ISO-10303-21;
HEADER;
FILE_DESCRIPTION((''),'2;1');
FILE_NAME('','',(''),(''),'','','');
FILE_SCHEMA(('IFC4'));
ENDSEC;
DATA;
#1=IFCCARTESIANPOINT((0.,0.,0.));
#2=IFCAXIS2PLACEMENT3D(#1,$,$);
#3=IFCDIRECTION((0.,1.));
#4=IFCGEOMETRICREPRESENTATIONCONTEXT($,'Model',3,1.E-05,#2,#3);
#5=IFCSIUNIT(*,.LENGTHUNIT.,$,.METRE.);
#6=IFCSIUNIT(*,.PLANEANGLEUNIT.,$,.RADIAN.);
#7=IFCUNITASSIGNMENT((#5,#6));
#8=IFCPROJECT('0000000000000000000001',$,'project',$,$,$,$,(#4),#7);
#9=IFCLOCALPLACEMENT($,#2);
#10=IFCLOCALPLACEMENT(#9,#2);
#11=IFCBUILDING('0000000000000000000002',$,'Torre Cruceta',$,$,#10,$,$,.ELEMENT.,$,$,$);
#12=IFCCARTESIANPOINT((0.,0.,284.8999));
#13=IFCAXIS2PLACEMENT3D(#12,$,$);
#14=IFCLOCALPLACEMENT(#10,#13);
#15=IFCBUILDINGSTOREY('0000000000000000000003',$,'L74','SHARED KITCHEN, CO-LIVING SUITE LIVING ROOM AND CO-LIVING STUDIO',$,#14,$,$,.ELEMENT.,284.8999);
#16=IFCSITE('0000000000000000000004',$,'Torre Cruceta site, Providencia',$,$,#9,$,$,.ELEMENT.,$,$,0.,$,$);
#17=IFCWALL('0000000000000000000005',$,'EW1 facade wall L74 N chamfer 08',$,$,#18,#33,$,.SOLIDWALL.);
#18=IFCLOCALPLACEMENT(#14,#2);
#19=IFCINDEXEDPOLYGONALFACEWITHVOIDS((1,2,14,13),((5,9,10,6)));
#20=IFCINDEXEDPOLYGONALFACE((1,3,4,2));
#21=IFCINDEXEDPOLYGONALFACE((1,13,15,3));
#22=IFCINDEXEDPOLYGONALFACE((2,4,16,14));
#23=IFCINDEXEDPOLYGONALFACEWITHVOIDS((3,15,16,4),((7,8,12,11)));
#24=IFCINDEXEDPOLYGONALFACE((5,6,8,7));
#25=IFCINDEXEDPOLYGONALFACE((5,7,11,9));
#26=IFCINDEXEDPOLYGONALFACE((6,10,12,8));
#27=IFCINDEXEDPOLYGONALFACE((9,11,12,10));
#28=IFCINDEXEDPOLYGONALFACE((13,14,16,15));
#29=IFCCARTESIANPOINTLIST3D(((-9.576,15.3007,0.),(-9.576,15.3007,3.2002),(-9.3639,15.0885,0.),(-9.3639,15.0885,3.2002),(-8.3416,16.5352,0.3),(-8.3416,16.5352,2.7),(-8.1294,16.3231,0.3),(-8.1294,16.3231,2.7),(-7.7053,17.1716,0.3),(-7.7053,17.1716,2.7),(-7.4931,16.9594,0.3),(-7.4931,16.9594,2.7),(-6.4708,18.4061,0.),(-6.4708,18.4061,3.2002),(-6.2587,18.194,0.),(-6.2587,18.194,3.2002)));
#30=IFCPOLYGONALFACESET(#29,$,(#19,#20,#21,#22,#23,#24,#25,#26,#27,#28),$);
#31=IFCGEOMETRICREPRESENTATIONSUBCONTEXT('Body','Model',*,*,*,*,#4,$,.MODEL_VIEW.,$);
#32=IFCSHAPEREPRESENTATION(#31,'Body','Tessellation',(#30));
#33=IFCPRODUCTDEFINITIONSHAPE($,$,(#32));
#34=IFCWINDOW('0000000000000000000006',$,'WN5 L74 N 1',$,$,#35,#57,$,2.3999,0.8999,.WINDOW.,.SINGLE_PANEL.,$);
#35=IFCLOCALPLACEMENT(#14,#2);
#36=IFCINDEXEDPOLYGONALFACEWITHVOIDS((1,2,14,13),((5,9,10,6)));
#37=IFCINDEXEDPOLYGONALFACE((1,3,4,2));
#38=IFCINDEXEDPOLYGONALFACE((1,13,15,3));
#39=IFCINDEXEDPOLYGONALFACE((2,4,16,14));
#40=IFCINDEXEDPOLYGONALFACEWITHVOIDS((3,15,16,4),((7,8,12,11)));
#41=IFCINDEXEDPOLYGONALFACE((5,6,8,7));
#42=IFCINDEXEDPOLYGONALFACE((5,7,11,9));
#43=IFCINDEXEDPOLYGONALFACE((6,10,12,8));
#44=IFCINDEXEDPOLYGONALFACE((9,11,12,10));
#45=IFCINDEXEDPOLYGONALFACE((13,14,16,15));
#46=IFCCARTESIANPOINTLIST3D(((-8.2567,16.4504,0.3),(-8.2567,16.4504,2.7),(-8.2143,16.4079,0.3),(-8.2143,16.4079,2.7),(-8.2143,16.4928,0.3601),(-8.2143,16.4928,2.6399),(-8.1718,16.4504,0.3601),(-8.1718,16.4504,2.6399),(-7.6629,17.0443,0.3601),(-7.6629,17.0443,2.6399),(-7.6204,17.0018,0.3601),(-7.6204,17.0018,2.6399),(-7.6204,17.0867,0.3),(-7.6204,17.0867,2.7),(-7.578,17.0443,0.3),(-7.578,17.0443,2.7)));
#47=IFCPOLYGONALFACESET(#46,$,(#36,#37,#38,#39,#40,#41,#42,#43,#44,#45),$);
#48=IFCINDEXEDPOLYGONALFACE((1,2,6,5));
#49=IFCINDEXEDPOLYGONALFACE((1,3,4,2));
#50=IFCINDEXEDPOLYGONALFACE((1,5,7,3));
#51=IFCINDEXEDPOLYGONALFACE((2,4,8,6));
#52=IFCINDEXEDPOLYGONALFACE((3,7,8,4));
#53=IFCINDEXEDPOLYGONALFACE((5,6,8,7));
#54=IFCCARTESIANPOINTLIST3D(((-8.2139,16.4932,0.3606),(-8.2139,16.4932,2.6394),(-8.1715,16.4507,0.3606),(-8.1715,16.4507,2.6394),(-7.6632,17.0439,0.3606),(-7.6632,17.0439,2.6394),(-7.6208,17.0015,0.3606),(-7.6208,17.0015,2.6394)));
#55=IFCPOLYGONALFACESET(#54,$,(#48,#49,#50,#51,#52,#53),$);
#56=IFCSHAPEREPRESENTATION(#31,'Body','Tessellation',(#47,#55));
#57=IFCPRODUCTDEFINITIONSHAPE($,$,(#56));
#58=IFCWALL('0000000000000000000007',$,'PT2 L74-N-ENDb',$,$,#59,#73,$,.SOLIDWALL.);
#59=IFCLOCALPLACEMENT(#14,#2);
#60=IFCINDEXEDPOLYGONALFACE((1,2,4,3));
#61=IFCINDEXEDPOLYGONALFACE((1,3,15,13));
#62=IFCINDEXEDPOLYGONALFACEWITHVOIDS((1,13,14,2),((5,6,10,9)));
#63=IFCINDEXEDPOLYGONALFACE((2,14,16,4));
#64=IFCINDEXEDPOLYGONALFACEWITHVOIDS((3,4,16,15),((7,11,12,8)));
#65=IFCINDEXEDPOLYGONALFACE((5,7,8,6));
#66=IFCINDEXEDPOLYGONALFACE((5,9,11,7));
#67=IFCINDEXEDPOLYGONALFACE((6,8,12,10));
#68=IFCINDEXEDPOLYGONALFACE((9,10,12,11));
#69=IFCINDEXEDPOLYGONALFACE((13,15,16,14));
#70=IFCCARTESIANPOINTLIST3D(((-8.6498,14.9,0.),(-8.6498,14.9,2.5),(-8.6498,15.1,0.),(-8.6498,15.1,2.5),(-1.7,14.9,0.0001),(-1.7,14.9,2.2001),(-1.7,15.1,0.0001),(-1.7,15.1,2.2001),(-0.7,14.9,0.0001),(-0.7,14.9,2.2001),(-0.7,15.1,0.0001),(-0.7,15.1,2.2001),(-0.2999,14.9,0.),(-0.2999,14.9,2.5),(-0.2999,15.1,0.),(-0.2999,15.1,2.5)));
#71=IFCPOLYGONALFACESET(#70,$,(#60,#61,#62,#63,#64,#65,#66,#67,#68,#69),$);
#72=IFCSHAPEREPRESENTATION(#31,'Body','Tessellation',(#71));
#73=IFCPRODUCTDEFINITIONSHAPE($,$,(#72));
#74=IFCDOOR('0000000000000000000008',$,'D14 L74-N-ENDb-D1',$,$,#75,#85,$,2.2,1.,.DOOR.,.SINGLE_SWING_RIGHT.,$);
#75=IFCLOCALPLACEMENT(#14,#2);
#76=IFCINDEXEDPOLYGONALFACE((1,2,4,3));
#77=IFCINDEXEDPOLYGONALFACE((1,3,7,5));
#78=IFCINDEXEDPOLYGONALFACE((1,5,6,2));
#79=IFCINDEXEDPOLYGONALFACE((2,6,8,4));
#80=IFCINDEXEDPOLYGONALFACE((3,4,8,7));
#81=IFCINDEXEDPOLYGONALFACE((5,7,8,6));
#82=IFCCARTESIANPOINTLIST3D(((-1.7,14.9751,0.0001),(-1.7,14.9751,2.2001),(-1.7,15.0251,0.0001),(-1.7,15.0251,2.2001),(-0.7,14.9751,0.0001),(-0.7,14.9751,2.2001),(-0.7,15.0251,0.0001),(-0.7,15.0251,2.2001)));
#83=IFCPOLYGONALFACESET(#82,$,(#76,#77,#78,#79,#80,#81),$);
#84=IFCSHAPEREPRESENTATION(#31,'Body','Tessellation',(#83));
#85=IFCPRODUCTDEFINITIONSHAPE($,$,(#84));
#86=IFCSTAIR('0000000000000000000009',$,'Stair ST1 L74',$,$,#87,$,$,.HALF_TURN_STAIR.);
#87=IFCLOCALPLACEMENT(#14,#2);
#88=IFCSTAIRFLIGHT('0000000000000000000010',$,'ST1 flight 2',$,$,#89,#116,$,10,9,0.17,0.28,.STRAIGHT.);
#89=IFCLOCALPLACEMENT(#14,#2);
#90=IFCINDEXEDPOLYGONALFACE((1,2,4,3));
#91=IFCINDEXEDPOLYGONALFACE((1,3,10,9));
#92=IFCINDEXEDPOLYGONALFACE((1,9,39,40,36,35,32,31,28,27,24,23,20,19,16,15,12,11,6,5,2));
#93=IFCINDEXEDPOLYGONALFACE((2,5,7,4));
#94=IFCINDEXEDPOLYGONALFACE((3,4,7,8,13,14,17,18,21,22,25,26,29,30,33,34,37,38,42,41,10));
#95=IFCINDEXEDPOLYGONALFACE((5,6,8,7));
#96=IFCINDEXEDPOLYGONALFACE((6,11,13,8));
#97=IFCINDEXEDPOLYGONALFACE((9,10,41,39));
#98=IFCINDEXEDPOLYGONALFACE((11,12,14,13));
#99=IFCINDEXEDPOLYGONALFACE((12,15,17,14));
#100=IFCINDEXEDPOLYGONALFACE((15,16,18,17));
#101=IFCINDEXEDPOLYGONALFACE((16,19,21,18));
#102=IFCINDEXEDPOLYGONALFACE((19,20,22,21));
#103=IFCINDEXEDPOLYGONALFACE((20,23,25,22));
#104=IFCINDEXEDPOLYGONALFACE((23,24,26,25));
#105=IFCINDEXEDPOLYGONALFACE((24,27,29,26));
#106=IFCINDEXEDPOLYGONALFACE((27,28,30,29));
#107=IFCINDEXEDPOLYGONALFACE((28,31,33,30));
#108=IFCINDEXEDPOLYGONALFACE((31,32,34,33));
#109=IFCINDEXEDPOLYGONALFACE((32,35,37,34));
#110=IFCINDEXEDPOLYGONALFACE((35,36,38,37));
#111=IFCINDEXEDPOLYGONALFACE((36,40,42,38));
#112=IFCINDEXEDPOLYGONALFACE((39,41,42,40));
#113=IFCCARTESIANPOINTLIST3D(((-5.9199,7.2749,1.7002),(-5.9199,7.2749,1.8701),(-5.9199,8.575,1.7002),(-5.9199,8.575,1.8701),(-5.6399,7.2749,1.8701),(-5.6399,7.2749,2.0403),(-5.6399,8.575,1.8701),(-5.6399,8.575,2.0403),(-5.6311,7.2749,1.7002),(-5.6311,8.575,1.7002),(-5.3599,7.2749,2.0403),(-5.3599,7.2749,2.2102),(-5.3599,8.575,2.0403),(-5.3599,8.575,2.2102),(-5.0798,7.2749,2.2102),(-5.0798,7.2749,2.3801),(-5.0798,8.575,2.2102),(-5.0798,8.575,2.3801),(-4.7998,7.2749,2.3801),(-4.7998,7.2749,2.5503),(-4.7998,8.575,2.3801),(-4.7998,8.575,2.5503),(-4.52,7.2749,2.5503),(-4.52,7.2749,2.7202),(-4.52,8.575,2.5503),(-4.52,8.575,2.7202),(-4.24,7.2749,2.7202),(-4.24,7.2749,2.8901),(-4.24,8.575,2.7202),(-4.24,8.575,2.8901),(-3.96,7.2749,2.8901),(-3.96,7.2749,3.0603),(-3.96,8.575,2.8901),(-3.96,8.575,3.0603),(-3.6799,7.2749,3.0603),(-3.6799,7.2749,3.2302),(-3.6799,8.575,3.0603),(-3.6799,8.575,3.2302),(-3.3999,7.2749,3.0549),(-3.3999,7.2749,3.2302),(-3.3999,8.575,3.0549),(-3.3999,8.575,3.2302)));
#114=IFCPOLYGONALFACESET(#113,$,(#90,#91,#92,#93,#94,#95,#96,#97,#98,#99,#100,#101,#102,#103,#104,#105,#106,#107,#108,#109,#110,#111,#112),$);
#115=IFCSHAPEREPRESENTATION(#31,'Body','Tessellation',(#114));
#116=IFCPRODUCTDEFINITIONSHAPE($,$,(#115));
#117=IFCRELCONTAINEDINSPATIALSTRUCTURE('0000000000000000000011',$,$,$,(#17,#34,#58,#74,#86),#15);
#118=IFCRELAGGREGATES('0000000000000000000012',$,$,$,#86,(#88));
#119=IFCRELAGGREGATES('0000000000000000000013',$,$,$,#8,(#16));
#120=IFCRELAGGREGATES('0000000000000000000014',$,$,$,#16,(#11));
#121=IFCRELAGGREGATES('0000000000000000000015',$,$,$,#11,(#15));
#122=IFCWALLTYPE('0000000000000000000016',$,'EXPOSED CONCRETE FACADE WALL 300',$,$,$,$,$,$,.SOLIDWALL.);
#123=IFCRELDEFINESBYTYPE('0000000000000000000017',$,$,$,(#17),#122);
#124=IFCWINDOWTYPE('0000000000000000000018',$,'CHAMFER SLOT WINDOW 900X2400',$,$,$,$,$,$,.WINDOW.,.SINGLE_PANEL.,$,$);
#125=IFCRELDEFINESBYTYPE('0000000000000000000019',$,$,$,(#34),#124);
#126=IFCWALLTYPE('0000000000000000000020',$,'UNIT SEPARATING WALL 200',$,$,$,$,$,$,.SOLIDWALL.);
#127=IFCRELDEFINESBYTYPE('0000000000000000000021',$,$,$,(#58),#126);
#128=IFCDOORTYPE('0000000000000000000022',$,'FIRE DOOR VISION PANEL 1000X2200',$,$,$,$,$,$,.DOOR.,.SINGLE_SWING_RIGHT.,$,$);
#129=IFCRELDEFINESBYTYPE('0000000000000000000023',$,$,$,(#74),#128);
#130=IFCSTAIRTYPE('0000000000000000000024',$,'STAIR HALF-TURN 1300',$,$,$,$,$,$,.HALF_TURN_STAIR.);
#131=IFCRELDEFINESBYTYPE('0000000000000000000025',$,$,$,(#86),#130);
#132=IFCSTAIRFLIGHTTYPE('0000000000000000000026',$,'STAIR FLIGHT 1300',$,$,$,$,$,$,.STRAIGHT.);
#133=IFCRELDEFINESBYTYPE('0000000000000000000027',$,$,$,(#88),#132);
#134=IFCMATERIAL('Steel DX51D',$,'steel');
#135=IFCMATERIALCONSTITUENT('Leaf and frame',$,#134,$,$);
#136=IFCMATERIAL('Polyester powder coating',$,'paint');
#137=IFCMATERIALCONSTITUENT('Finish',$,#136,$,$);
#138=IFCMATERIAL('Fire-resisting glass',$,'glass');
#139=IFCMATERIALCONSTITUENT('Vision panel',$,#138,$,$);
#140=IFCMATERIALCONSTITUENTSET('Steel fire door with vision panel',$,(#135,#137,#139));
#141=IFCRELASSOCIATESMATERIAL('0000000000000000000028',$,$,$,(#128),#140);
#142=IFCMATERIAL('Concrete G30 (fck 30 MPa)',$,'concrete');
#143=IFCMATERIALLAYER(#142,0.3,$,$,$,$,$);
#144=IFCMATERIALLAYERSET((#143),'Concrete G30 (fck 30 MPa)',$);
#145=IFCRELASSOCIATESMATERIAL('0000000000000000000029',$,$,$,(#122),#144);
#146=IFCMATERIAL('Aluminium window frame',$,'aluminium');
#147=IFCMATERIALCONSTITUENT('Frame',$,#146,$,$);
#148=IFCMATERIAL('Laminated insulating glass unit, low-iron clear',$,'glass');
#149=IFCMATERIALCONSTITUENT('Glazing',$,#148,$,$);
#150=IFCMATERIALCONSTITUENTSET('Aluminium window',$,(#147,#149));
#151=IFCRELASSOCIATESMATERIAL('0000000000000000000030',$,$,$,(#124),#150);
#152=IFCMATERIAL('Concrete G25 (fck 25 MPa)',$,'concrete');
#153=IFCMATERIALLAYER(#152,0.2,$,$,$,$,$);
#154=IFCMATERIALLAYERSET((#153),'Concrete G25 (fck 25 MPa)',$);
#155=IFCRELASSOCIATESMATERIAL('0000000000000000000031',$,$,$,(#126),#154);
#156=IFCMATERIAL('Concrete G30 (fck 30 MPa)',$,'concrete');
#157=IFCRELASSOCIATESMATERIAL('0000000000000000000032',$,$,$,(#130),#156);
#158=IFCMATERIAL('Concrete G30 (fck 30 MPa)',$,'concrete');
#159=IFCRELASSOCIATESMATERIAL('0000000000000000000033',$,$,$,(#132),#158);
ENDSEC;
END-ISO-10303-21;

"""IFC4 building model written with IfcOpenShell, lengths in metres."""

from ifc_helpers import new_model, si_unit, direction, frame, frame_2d, origin, place, context, subcontext, project, spatial, polyline, rectangle, hollow_rectangle, outline, extrude, material, layer, layer_set, constituent, constituent_set, type_object, element, fill, aggregate, save


model = new_model("IFC4")

# Units and contexts
model_context = context("Model", 3, precision=1e-05, world=origin(), true_north=direction((0.0, 1.0)))
body_context = subcontext(model_context, "Body", "Model", "MODEL_VIEW")
ifc_project = project(units=[si_unit("LENGTHUNIT", "METRE"), si_unit("PLANEANGLEUNIT", "RADIAN")], contexts=[model_context])

# Site, building, storey
site_placement = place(None, origin())
site = spatial("IfcSite", under=ifc_project, at=site_placement, Name="Torre Cruceta site, Providencia", CompositionType="ELEMENT", RefElevation=0.0)
building_placement = place(site_placement, origin())
building = spatial("IfcBuilding", under=site, at=building_placement, Name="Torre Cruceta", CompositionType="ELEMENT")
storey_placement = place(building_placement, frame((0.0, 0.0, 284.8999)))
storey = spatial("IfcBuildingStorey", under=building, at=storey_placement, Name="L74", Description="SHARED KITCHEN, CO-LIVING SUITE LIVING ROOM AND CO-LIVING STUDIO", CompositionType="ELEMENT", Elevation=284.8999)

# Shared definitions
ifc_material_1 = material(Name="Steel DX51D", Category="steel")
ifc_constituent_1 = constituent(ifc_material_1, Name="Leaf and frame")
ifc_material_2 = material(Name="Polyester powder coating", Category="paint")
ifc_constituent_2 = constituent(ifc_material_2, Name="Finish")
ifc_material_3 = material(Name="Fire-resisting glass", Category="glass")
ifc_constituent_3 = constituent(ifc_material_3, Name="Vision panel")
ifc_constituent_set_1 = constituent_set(constituents=[ifc_constituent_1, ifc_constituent_2, ifc_constituent_3], Name="Steel fire door with vision panel")
door_type_1 = type_object("IfcDoorType", Name="FIRE DOOR VISION PANEL 1000X2200", OperationType="SINGLE_SWING_RIGHT", PredefinedType="DOOR", material=ifc_constituent_set_1)

# Wall, opening, window
ifc_material_4 = material(Name="Concrete G30 (fck 30 MPa)", Category="concrete")
ifc_layer_1 = layer(ifc_material_4, 0.3)
ifc_layer_set_1 = layer_set([ifc_layer_1], Name="Concrete G30 (fck 30 MPa)")
wall_type_1 = type_object("IfcWallType", Name="EXPOSED CONCRETE FACADE WALL 300", PredefinedType="SOLIDWALL", material=ifc_layer_set_1)
wall_1_placement = place(storey_placement, frame((-6.3647, 18.3, 0.0), z_axis=(0.0, 0.0, 1.0), x_axis=(-0.707079, -0.707135, 0.0)))
wall_1 = element("IfcWall", 1, at=wall_1_placement, inside=storey, type_object=wall_type_1, Name="EW1 facade wall L74 N chamfer 08", PredefinedType="SOLIDWALL", context=body_context, shape_type="SweptSolid", body=[
    extrude(rectangle(XDim=4.3916, YDim=0.3, at=frame_2d((2.1958, 0.0))), origin(), (0.0, 0.0, 1.0), 3.2002),
])
opening_1_placement = place(wall_1_placement, frame((1.7458, 0.0, 0.3)))
opening_1 = element("IfcOpeningElement", 2, at=opening_1_placement, cuts=wall_1, PredefinedType="OPENING", context=body_context, shape_type="SweptSolid", body=[
    extrude(rectangle(XDim=0.8999, YDim=2.3999, at=frame_2d((0.45, 1.2))), frame((0.0, 0.1599, 0.0), z_axis=(0.0, -1.0, 0.0), x_axis=(1.0, 0.0, 0.0)), (0.0, 0.0, 1.0), 0.3201),
])
ifc_material_5 = material(Name="Aluminium window frame", Category="aluminium")
ifc_constituent_4 = constituent(ifc_material_5, Name="Frame")
ifc_material_6 = material(Name="Laminated insulating glass unit, low-iron clear", Category="glass")
ifc_constituent_5 = constituent(ifc_material_6, Name="Glazing")
ifc_constituent_set_2 = constituent_set(constituents=[ifc_constituent_4, ifc_constituent_5], Name="Aluminium window")
window_type = type_object("IfcWindowType", Name="CHAMFER SLOT WINDOW 900X2400", PartitioningType="SINGLE_PANEL", PredefinedType="WINDOW", material=ifc_constituent_set_2)
window_placement = place(opening_1_placement, origin())
window = element("IfcWindow", 3, at=window_placement, inside=storey, type_object=window_type, Name="WN5 L74 N 1", OverallHeight=2.3999, OverallWidth=0.8999, PartitioningType="SINGLE_PANEL", PredefinedType="WINDOW", context=body_context, shape_type="SweptSolid", body=[
    extrude(hollow_rectangle(XDim=0.8999, YDim=2.3999, WallThickness=0.0601, at=frame_2d((0.45, 1.2))), frame((0.0, 0.03, 0.0), z_axis=(0.0, -1.0, 0.0), x_axis=(1.0, 0.0, 0.0)), (0.0, 0.0, 1.0), 0.0601),
    extrude(rectangle(XDim=0.7788, YDim=2.2788, at=frame_2d((0.45, 1.2))), frame((0.0, 0.03, 0.0), z_axis=(0.0, -1.0, 0.0), x_axis=(1.0, 0.0, 0.0)), (0.0, 0.0, 1.0), 0.0601),
])
fill(opening_1, window)

# Wall, opening, door
ifc_material_7 = material(Name="Concrete G25 (fck 25 MPa)", Category="concrete")
ifc_layer_2 = layer(ifc_material_7, 0.2)
ifc_layer_set_2 = layer_set([ifc_layer_2], Name="Concrete G25 (fck 25 MPa)")
wall_type_2 = type_object("IfcWallType", Name="UNIT SEPARATING WALL 200", PredefinedType="SOLIDWALL", material=ifc_layer_set_2)
wall_2_placement = place(storey_placement, frame((-0.3, 15.0, 0.0), z_axis=(0.0, 0.0, 1.0), x_axis=(-1.0, 0.0, 0.0)))
wall_2 = element("IfcWall", 4, at=wall_2_placement, inside=storey, type_object=wall_type_2, Name="PT2 L74-N-ENDb", PredefinedType="SOLIDWALL", context=body_context, shape_type="SweptSolid", body=[
    extrude(rectangle(XDim=8.3499, YDim=0.2, at=frame_2d((4.1748, 0.0))), origin(), (0.0, 0.0, 1.0), 2.5),
])
opening_2_placement = place(wall_2_placement, frame((0.3999, 0.0, 0.0)))
opening_2 = element("IfcOpeningElement", 5, at=opening_2_placement, cuts=wall_2, PredefinedType="OPENING", context=body_context, shape_type="SweptSolid", body=[
    extrude(rectangle(XDim=1.0, YDim=2.2, at=frame_2d((0.5, 1.1001))), frame((0.0, 0.1099, 0.0), z_axis=(0.0, -1.0, 0.0), x_axis=(1.0, 0.0, 0.0)), (0.0, 0.0, 1.0), 0.22),
])
door_1_placement = place(opening_2_placement, frame((1.0, 0.0, 0.0), z_axis=(0.0, 0.0, 1.0), x_axis=(-1.0, 0.0, 0.0)))
door_1 = element("IfcDoor", 6, at=door_1_placement, inside=storey, type_object=door_type_1, Name="D14 L74-N-ENDb-D1", OperationType="SINGLE_SWING_RIGHT", OverallHeight=2.2, OverallWidth=1.0, PredefinedType="DOOR", context=body_context, shape_type="SweptSolid", body=[
    extrude(rectangle(XDim=1.0, YDim=2.2, at=frame_2d((0.5, 1.1001))), frame((0.0, 0.0251, 0.0), z_axis=(0.0, -1.0, 0.0), x_axis=(1.0, 0.0, 0.0)), (0.0, 0.0, 1.0), 0.05),
])
fill(opening_2, door_1)

# Stair, stair flight
ifc_material_8 = material(Name="Concrete G30 (fck 30 MPa)", Category="concrete")
stair_type = type_object("IfcStairType", Name="STAIR HALF-TURN 1300", PredefinedType="HALF_TURN_STAIR", material=ifc_material_8)
stair_placement = place(storey_placement, origin())
stair = element("IfcStair", 7, at=stair_placement, inside=storey, type_object=stair_type, Name="Stair ST1 L74", PredefinedType="HALF_TURN_STAIR")
ifc_material_9 = material(Name="Concrete G30 (fck 30 MPa)", Category="concrete")
stair_flight_type = type_object("IfcStairFlightType", Name="STAIR FLIGHT 1300", PredefinedType="STRAIGHT", material=ifc_material_9)
stair_flight_placement = place(storey_placement, frame((-5.9199, 7.925, 1.7002), z_axis=(0.0, 0.0, 1.0), x_axis=(1.0, 0.0, 0.0)))
stair_flight = element("IfcStairFlight", 8, at=stair_flight_placement, type_object=stair_flight_type, Name="ST1 flight 2", NumberOfRisers=10, NumberOfTreads=9, PredefinedType="STRAIGHT", RiserHeight=0.17, TreadLength=0.28, context=body_context, shape_type="SweptSolid", body=[
    extrude(outline(polyline([(0.0, 0.0), (0.0, 0.1699), (0.28, 0.1699), (0.28, 0.3401), (0.5601, 0.3401), (0.5601, 0.51), (0.8401, 0.51), (0.8401, 0.6799), (1.1201, 0.6799), (1.1201, 0.8501), (1.3999, 0.8501), (1.3999, 1.02), (1.6799, 1.02), (1.6799, 1.1899), (1.96, 1.1899), (1.96, 1.3601), (2.24, 1.3601), (2.24, 1.53), (2.52, 1.53), (2.52, 1.7), (2.52, 1.3547), (0.2888, 0.0), (0.0, 0.0)])), frame((0.0, 0.6499, 0.0), z_axis=(0.0, -1.0, 0.0), x_axis=(1.0, 0.0, 0.0)), (0.0, 0.0, 1.0), 1.3),
])
aggregate(stair, [stair_flight])

save(model, "model.ifc")
